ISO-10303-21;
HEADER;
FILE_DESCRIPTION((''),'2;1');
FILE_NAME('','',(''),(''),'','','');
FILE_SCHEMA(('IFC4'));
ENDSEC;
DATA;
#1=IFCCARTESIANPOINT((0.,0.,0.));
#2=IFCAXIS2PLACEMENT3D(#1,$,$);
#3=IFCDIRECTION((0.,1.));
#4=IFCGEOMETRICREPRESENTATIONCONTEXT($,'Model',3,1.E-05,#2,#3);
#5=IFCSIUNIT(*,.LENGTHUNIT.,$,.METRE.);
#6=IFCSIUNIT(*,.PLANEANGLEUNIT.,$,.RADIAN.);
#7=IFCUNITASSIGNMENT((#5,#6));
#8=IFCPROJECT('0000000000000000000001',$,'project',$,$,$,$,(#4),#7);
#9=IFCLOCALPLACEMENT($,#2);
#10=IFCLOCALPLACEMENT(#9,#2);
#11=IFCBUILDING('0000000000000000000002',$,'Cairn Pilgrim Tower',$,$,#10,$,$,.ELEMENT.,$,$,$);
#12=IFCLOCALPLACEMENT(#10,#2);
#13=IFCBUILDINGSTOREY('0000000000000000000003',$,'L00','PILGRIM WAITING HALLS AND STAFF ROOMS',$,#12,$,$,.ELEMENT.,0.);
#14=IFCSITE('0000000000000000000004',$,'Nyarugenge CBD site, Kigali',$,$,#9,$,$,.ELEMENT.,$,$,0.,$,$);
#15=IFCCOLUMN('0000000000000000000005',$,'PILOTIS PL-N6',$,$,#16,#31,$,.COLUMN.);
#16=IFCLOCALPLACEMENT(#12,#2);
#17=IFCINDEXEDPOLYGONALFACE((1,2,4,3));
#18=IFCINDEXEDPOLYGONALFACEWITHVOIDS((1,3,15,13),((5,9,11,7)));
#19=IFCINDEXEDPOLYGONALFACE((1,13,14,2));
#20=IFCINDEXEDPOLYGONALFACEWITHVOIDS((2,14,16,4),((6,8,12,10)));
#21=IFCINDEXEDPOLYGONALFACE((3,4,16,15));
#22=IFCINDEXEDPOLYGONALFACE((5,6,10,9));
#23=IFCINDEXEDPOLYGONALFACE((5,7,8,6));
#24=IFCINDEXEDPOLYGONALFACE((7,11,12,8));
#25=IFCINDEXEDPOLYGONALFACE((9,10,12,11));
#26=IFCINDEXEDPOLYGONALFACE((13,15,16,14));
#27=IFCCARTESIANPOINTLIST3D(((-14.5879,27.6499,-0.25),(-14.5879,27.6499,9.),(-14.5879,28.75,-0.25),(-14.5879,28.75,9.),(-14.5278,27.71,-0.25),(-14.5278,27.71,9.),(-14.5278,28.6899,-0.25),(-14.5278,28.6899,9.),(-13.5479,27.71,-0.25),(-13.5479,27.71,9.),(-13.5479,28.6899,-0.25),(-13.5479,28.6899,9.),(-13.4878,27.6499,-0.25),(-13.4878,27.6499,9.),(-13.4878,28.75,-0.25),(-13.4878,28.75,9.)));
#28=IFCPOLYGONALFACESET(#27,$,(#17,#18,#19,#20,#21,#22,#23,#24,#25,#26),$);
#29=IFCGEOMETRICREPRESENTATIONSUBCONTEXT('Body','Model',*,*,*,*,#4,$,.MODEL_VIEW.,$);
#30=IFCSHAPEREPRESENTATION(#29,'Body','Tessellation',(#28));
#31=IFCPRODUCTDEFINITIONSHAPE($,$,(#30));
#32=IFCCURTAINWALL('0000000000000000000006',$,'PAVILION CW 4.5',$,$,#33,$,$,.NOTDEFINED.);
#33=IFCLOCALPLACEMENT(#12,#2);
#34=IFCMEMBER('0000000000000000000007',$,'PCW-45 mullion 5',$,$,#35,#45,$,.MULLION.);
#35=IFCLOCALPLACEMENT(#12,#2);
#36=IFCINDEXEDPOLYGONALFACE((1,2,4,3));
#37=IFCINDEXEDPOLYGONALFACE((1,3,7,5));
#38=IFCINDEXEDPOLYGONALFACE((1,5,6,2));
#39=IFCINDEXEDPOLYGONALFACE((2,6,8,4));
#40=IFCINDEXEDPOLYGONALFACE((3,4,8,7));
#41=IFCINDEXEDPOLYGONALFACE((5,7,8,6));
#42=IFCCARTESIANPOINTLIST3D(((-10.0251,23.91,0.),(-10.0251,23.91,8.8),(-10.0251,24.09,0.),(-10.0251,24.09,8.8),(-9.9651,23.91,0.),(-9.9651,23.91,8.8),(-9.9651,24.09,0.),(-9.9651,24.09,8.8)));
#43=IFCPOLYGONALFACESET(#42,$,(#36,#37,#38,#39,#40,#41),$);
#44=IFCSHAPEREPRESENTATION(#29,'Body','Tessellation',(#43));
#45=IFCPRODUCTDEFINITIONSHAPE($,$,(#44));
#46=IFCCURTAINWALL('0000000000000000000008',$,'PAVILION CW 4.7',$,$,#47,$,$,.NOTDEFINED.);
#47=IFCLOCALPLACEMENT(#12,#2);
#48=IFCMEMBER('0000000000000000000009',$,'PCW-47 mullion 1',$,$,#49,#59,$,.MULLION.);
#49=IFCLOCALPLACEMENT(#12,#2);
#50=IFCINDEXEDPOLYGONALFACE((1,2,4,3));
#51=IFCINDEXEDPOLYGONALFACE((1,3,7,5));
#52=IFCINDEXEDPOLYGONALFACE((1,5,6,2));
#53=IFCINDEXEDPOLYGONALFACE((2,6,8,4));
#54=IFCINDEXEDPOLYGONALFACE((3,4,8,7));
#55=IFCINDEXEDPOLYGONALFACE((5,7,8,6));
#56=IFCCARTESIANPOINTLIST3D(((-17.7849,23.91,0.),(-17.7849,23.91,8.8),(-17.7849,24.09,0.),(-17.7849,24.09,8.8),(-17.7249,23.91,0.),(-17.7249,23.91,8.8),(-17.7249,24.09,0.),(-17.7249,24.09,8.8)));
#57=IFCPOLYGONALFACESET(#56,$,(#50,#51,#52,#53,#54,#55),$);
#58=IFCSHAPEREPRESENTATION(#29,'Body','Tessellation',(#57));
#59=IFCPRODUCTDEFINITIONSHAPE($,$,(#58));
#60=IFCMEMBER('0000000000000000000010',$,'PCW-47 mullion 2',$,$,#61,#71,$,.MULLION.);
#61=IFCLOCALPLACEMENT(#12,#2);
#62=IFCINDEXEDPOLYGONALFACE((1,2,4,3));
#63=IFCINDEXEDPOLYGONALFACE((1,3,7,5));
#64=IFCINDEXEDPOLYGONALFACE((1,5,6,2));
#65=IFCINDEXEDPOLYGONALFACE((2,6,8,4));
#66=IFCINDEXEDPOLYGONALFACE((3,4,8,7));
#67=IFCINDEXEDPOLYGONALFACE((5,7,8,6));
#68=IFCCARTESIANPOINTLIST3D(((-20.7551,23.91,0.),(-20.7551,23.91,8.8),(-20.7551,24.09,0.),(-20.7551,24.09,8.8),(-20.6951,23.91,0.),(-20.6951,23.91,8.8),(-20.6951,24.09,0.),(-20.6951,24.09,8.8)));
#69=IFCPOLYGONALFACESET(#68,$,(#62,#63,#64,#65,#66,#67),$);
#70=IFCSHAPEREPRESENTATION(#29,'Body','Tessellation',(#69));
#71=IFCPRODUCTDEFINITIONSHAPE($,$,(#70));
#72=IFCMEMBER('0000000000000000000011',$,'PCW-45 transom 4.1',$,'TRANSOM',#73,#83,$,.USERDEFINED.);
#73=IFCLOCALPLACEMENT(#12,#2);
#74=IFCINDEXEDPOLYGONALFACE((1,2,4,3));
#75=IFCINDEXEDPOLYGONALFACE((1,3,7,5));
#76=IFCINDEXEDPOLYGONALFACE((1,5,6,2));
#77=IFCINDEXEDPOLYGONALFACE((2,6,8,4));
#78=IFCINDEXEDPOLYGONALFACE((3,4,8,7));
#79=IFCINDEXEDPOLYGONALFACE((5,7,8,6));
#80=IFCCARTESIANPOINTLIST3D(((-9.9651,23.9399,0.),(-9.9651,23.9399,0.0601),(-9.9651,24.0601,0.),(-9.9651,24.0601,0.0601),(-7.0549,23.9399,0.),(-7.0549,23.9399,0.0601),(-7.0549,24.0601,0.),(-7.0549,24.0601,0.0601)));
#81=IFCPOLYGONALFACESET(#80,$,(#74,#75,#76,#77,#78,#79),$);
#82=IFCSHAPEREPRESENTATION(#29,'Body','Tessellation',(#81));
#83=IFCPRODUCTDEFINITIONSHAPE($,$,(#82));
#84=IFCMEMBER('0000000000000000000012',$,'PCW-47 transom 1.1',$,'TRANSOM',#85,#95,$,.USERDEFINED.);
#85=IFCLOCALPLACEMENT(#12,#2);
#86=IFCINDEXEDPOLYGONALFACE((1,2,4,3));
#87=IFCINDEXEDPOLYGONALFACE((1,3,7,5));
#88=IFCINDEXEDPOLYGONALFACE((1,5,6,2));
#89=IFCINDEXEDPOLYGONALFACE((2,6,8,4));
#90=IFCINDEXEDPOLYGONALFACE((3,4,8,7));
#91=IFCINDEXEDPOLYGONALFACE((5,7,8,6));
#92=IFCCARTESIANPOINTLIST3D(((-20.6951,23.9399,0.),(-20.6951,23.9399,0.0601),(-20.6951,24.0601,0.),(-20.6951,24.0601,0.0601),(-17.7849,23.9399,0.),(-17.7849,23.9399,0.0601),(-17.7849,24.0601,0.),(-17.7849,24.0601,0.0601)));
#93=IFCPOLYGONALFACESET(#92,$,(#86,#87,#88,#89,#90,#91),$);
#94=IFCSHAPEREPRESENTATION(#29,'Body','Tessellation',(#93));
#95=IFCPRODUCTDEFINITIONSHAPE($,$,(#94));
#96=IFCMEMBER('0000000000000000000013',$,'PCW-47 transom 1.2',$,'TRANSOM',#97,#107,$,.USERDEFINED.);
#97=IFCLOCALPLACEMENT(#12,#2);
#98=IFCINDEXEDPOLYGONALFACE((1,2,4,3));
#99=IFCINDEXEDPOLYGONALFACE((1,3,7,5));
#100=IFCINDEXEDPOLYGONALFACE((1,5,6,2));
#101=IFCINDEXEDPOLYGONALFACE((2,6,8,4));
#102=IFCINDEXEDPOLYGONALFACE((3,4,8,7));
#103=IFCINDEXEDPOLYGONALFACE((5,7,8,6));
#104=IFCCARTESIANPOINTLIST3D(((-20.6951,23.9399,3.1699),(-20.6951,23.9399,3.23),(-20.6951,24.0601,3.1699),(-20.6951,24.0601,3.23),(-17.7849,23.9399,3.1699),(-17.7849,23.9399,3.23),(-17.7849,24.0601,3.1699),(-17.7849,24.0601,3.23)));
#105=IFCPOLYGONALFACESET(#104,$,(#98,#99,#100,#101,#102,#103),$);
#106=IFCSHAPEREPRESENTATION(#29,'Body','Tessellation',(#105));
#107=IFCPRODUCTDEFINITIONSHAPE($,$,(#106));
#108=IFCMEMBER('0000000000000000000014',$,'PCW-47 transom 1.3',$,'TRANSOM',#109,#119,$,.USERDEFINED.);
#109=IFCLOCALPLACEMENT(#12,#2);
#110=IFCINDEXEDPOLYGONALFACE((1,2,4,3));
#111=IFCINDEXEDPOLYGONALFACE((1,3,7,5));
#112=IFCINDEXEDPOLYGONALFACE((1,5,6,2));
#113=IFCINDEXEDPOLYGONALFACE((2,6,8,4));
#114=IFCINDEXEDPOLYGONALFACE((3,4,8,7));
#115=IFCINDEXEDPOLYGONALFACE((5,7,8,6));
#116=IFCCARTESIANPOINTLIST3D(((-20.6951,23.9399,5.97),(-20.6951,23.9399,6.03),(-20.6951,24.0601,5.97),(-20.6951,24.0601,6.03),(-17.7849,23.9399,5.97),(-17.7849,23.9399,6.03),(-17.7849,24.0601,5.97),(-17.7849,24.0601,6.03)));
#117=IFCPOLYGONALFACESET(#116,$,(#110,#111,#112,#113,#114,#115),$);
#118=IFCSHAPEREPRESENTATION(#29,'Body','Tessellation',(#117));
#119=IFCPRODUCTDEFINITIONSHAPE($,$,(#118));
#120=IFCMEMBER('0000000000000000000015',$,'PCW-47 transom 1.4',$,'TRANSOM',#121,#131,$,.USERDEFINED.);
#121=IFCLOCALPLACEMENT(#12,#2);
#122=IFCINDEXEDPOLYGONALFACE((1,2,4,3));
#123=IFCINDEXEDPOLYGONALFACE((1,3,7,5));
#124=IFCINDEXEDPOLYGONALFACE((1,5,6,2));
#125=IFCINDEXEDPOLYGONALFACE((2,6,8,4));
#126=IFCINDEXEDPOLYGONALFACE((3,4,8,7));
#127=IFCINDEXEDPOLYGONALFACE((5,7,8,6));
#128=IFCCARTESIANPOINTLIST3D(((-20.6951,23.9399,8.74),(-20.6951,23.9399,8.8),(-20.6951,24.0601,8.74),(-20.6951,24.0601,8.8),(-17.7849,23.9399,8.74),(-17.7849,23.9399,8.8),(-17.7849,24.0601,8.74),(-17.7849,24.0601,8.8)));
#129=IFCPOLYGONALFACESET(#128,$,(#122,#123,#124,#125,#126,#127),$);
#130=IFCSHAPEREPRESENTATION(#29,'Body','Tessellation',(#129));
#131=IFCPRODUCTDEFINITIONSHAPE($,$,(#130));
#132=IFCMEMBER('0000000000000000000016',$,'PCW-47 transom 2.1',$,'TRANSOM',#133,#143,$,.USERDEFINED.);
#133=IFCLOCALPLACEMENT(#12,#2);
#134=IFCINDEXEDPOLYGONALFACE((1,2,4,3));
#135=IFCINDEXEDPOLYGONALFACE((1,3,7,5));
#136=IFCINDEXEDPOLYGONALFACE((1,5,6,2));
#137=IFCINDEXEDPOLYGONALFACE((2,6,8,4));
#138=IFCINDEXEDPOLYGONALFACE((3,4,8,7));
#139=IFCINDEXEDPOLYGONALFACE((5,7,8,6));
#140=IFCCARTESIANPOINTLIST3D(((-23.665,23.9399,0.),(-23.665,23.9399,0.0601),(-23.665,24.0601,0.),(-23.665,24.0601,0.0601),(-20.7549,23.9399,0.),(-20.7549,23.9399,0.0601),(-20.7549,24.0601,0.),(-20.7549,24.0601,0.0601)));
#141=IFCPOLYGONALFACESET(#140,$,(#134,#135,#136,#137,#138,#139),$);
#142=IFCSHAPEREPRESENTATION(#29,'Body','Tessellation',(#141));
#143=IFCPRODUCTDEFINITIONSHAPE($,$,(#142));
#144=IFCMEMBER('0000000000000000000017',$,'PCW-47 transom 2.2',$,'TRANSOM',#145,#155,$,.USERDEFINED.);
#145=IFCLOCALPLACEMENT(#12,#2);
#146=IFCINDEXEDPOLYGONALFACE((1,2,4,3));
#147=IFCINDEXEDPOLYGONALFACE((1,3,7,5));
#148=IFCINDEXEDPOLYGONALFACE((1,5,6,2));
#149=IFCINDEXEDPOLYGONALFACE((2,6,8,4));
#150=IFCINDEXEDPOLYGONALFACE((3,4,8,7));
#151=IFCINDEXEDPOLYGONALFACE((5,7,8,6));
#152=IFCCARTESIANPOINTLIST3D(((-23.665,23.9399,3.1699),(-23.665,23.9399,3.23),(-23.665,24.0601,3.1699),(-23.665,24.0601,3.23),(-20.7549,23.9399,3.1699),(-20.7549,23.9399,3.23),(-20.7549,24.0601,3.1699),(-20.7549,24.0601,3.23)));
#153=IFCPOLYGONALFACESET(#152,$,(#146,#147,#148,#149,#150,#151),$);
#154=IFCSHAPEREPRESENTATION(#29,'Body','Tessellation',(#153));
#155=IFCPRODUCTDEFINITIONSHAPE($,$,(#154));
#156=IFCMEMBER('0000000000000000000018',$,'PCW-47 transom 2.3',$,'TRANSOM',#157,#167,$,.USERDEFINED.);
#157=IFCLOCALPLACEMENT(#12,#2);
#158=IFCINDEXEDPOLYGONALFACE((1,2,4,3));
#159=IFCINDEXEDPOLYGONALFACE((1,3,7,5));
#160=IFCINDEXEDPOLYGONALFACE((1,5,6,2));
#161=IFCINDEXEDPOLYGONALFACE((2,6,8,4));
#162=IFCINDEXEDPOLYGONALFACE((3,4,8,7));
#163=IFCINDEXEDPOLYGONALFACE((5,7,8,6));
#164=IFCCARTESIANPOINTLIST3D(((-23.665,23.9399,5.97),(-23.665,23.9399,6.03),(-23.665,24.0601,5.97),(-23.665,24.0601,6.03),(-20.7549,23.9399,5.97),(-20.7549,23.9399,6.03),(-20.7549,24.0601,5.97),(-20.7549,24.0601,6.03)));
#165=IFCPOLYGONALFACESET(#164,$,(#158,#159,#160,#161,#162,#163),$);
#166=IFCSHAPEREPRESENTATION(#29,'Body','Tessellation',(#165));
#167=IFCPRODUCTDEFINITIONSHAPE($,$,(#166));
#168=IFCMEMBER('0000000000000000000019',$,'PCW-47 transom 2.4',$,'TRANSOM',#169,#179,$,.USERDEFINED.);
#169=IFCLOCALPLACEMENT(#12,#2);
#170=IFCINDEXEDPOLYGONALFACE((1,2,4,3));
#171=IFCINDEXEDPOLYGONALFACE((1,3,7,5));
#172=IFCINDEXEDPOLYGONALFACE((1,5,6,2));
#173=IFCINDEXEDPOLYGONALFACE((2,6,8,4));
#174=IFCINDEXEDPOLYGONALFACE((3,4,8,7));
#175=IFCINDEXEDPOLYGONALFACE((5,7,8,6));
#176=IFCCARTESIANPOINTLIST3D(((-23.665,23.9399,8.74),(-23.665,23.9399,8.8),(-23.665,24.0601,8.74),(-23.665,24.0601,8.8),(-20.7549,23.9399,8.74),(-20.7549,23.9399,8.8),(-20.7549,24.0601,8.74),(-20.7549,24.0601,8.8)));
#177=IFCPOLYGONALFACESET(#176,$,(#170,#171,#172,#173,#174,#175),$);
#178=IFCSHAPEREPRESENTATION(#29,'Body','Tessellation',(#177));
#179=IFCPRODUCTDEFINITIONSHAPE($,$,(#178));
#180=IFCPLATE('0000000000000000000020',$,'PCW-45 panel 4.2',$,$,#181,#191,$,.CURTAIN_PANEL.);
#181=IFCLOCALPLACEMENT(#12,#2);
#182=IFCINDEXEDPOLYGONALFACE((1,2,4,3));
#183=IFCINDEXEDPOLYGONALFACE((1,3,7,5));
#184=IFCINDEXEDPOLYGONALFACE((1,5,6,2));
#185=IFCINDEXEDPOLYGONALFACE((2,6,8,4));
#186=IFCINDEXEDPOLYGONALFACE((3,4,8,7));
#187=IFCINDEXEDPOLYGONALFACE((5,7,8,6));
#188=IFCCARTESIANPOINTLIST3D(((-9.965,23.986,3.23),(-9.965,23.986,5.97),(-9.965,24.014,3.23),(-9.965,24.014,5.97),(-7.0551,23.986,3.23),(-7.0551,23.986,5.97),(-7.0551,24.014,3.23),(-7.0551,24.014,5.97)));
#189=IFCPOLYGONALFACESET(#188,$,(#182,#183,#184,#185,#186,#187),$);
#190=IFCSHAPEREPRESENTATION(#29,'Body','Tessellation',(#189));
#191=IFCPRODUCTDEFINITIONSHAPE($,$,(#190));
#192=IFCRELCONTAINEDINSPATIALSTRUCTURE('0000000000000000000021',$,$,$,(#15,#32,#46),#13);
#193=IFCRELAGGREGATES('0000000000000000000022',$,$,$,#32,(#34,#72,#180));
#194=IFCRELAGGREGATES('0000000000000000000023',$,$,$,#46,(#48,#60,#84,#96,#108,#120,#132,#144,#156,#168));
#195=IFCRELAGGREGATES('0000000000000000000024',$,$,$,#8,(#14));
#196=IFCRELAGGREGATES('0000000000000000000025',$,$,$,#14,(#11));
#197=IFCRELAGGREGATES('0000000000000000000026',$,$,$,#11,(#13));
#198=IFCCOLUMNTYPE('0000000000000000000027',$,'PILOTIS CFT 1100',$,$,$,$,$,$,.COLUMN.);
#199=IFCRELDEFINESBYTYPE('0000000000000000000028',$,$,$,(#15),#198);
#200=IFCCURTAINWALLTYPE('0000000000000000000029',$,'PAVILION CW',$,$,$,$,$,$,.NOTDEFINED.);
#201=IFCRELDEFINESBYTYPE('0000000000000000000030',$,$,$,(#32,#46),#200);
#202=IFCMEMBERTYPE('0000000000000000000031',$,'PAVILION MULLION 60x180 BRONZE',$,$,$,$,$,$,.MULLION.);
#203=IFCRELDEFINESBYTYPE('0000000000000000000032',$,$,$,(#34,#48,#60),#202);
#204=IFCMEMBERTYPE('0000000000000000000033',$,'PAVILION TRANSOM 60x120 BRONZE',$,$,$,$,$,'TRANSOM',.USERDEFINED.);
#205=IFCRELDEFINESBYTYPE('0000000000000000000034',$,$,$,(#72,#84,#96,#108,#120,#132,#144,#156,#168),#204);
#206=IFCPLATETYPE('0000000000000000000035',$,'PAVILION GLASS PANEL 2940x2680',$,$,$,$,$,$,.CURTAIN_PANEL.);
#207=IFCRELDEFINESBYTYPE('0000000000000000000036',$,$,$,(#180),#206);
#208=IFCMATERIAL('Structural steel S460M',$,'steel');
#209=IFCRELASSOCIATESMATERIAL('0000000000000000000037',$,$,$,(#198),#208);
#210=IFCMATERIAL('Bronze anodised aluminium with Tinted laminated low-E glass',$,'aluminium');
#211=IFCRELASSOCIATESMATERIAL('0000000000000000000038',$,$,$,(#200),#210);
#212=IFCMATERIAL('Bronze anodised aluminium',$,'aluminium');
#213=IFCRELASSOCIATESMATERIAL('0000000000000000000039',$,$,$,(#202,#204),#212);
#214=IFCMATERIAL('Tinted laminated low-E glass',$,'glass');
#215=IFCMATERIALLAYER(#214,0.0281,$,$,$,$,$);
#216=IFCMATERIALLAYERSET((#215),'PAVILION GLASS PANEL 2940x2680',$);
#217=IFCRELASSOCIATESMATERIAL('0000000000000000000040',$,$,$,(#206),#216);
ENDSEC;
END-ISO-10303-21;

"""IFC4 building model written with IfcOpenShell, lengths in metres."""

from ifc_helpers import new_model, si_unit, direction, frame, origin, origin_2d, place, context, subcontext, project, spatial, rectangle, hollow_rectangle, extrude, material, layer, layer_set, material_profile, profile_set, type_object, element, aggregate, save


model = new_model("IFC4")

# Units and contexts
model_context = context("Model", 3, precision=1e-05, world=origin(), true_north=direction((0.0, 1.0)))
body_context = subcontext(model_context, "Body", "Model", "MODEL_VIEW")
ifc_project = project(units=[si_unit("LENGTHUNIT", "METRE"), si_unit("PLANEANGLEUNIT", "RADIAN")], contexts=[model_context])

# Site, building, storey
site_placement = place(None, origin())
site = spatial("IfcSite", under=ifc_project, at=site_placement, Name="Nyarugenge CBD site, Kigali", CompositionType="ELEMENT", RefElevation=0.0)
building_placement = place(site_placement, origin())
building = spatial("IfcBuilding", under=site, at=building_placement, Name="Cairn Pilgrim Tower", CompositionType="ELEMENT")
storey_placement = place(building_placement, origin())
storey = spatial("IfcBuildingStorey", under=building, at=storey_placement, Name="L00", Description="PILGRIM WAITING HALLS AND STAFF ROOMS", CompositionType="ELEMENT", Elevation=0.0)

# Column
ifc_material_1 = material(Name="Structural steel S460M", Category="steel")
ifc_material_profile_1 = material_profile(ifc_material_1, hollow_rectangle(XDim=1.1001, YDim=1.1001, WallThickness=0.0601, at=origin_2d()), Name="BOX 1100x1100x60")
ifc_profile_set_1 = profile_set([ifc_material_profile_1], Name="Structural steel S460M")
column_type_1 = type_object("IfcColumnType", Name="PILOTIS CFT 1100", PredefinedType="COLUMN", material=ifc_profile_set_1)
column_placement = place(storey_placement, frame((-14.0378, 28.2, -0.25), z_axis=(0.0, 0.0, 1.0), x_axis=(1.0, 0.0, 0.0)))
element("IfcColumn", 1, at=column_placement, inside=storey, type_object=column_type_1, Name="PILOTIS PL-N6", PredefinedType="COLUMN", context=body_context, shape_type="SweptSolid", body=[
    extrude(hollow_rectangle(XDim=1.1001, YDim=1.1001, WallThickness=0.0601, at=origin_2d()), origin(), (0.0, 0.0, 1.0), 9.25),
])

# Curtain wall, member
ifc_material_2 = material(Name="Bronze anodised aluminium with Tinted laminated low-E glass", Category="aluminium")
curtain_wall_type = type_object("IfcCurtainWallType", Name="PAVILION CW", PredefinedType="NOTDEFINED", material=ifc_material_2)
curtain_wall_1_placement = place(storey_placement, origin())
curtain_wall_1 = element("IfcCurtainWall", 2, at=curtain_wall_1_placement, inside=storey, type_object=curtain_wall_type, Name="PAVILION CW 4.5", PredefinedType="NOTDEFINED")
ifc_material_3 = material(Name="Bronze anodised aluminium", Category="aluminium")
ifc_material_profile_2 = material_profile(ifc_material_3, rectangle(XDim=0.1799, YDim=0.0601, at=origin_2d()), Name="PAVILION MULLION 60x180 BRONZE")
ifc_profile_set_2 = profile_set([ifc_material_profile_2], Name="Bronze anodised aluminium")
member_type_1 = type_object("IfcMemberType", Name="PAVILION MULLION 60x180 BRONZE", PredefinedType="MULLION", material=ifc_profile_set_2)
member_1_placement = place(storey_placement, frame((-9.9951, 24.0, 0.0), z_axis=(0.0, 0.0, 1.0), x_axis=(0.0, -1.0, 0.0)))
member_1 = element("IfcMember", 3, at=member_1_placement, type_object=member_type_1, Name="PCW-45 mullion 5", PredefinedType="MULLION", context=body_context, shape_type="SweptSolid", body=[
    extrude(rectangle(XDim=0.1799, YDim=0.0601, at=origin_2d()), origin(), (0.0, 0.0, 1.0), 8.8),
])

# Curtain wall, members
curtain_wall_2_placement = place(storey_placement, origin())
curtain_wall_2 = element("IfcCurtainWall", 4, at=curtain_wall_2_placement, inside=storey, type_object=curtain_wall_type, Name="PAVILION CW 4.7", PredefinedType="NOTDEFINED")
member_2_placement = place(storey_placement, frame((-17.7549, 24.0, 0.0), z_axis=(0.0, 0.0, 1.0), x_axis=(0.0, -1.0, 0.0)))
member_2 = element("IfcMember", 5, at=member_2_placement, type_object=member_type_1, Name="PCW-47 mullion 1", PredefinedType="MULLION", context=body_context, shape_type="SweptSolid", body=[
    extrude(rectangle(XDim=0.1799, YDim=0.0601, at=origin_2d()), origin(), (0.0, 0.0, 1.0), 8.8),
])
member_3_placement = place(storey_placement, frame((-20.7251, 24.0, 0.0), z_axis=(0.0, 0.0, 1.0), x_axis=(0.0, -1.0, 0.0)))
member_3 = element("IfcMember", 6, at=member_3_placement, type_object=member_type_1, Name="PCW-47 mullion 2", PredefinedType="MULLION", context=body_context, shape_type="SweptSolid", body=[
    extrude(rectangle(XDim=0.1799, YDim=0.0601, at=origin_2d()), origin(), (0.0, 0.0, 1.0), 8.8),
])

# Members
ifc_material_profile_3 = material_profile(ifc_material_3, rectangle(XDim=0.1201, YDim=0.0601, at=origin_2d()), Name="PAVILION TRANSOM 60x120 BRONZE")
ifc_profile_set_3 = profile_set([ifc_material_profile_3], Name="Bronze anodised aluminium")
member_type_2 = type_object("IfcMemberType", Name="PAVILION TRANSOM 60x120 BRONZE", ElementType="TRANSOM", PredefinedType="USERDEFINED", material=ifc_profile_set_3)
member_4_placement = place(storey_placement, frame((-7.0549, 24.0, 0.03), z_axis=(-1.0, 0.0, 0.0), x_axis=(0.0, -1.0, 0.0)))
member_4 = element("IfcMember", 7, at=member_4_placement, type_object=member_type_2, Name="PCW-45 transom 4.1", ObjectType="TRANSOM", PredefinedType="USERDEFINED", context=body_context, shape_type="SweptSolid", body=[
    extrude(rectangle(XDim=0.1201, YDim=0.0601, at=origin_2d()), origin(), (0.0, 0.0, 1.0), 2.9102),
])
member_5_placement = place(storey_placement, frame((-17.7849, 24.0, 0.03), z_axis=(-1.0, 0.0, 0.0), x_axis=(0.0, -1.0, 0.0)))
member_5 = element("IfcMember", 8, at=member_5_placement, type_object=member_type_2, Name="PCW-47 transom 1.1", ObjectType="TRANSOM", PredefinedType="USERDEFINED", context=body_context, shape_type="SweptSolid", body=[
    extrude(rectangle(XDim=0.1201, YDim=0.0601, at=origin_2d()), origin(), (0.0, 0.0, 1.0), 2.9102),
])
member_6_placement = place(storey_placement, frame((-17.7849, 24.0, 3.2), z_axis=(-1.0, 0.0, 0.0), x_axis=(0.0, -1.0, 0.0)))
member_6 = element("IfcMember", 9, at=member_6_placement, type_object=member_type_2, Name="PCW-47 transom 1.2", ObjectType="TRANSOM", PredefinedType="USERDEFINED", context=body_context, shape_type="SweptSolid", body=[
    extrude(rectangle(XDim=0.1201, YDim=0.0601, at=origin_2d()), origin(), (0.0, 0.0, 1.0), 2.9102),
])
member_7_placement = place(storey_placement, frame((-17.7849, 24.0, 6.0), z_axis=(-1.0, 0.0, 0.0), x_axis=(0.0, -1.0, 0.0)))
member_7 = element("IfcMember", 10, at=member_7_placement, type_object=member_type_2, Name="PCW-47 transom 1.3", ObjectType="TRANSOM", PredefinedType="USERDEFINED", context=body_context, shape_type="SweptSolid", body=[
    extrude(rectangle(XDim=0.1201, YDim=0.0601, at=origin_2d()), origin(), (0.0, 0.0, 1.0), 2.9102),
])
member_8_placement = place(storey_placement, frame((-17.7849, 24.0, 8.77), z_axis=(-1.0, 0.0, 0.0), x_axis=(0.0, -1.0, 0.0)))
member_8 = element("IfcMember", 11, at=member_8_placement, type_object=member_type_2, Name="PCW-47 transom 1.4", ObjectType="TRANSOM", PredefinedType="USERDEFINED", context=body_context, shape_type="SweptSolid", body=[
    extrude(rectangle(XDim=0.1201, YDim=0.0601, at=origin_2d()), origin(), (0.0, 0.0, 1.0), 2.9102),
])
member_9_placement = place(storey_placement, frame((-20.7549, 24.0, 0.03), z_axis=(-1.0, 0.0, 0.0), x_axis=(0.0, -1.0, 0.0)))
member_9 = element("IfcMember", 12, at=member_9_placement, type_object=member_type_2, Name="PCW-47 transom 2.1", ObjectType="TRANSOM", PredefinedType="USERDEFINED", context=body_context, shape_type="SweptSolid", body=[
    extrude(rectangle(XDim=0.1201, YDim=0.0601, at=origin_2d()), origin(), (0.0, 0.0, 1.0), 2.9102),
])
member_10_placement = place(storey_placement, frame((-20.7549, 24.0, 3.2), z_axis=(-1.0, 0.0, 0.0), x_axis=(0.0, -1.0, 0.0)))
member_10 = element("IfcMember", 13, at=member_10_placement, type_object=member_type_2, Name="PCW-47 transom 2.2", ObjectType="TRANSOM", PredefinedType="USERDEFINED", context=body_context, shape_type="SweptSolid", body=[
    extrude(rectangle(XDim=0.1201, YDim=0.0601, at=origin_2d()), origin(), (0.0, 0.0, 1.0), 2.9102),
])
member_11_placement = place(storey_placement, frame((-20.7549, 24.0, 6.0), z_axis=(-1.0, 0.0, 0.0), x_axis=(0.0, -1.0, 0.0)))
member_11 = element("IfcMember", 14, at=member_11_placement, type_object=member_type_2, Name="PCW-47 transom 2.3", ObjectType="TRANSOM", PredefinedType="USERDEFINED", context=body_context, shape_type="SweptSolid", body=[
    extrude(rectangle(XDim=0.1201, YDim=0.0601, at=origin_2d()), origin(), (0.0, 0.0, 1.0), 2.9102),
])
member_12_placement = place(storey_placement, frame((-20.7549, 24.0, 8.77), z_axis=(-1.0, 0.0, 0.0), x_axis=(0.0, -1.0, 0.0)))
member_12 = element("IfcMember", 15, at=member_12_placement, type_object=member_type_2, Name="PCW-47 transom 2.4", ObjectType="TRANSOM", PredefinedType="USERDEFINED", context=body_context, shape_type="SweptSolid", body=[
    extrude(rectangle(XDim=0.1201, YDim=0.0601, at=origin_2d()), origin(), (0.0, 0.0, 1.0), 2.9102),
])

# Plate
ifc_material_4 = material(Name="Tinted laminated low-E glass", Category="glass")
ifc_layer_1 = layer(ifc_material_4, 0.0281)
ifc_layer_set_1 = layer_set([ifc_layer_1], Name="PAVILION GLASS PANEL 2940x2680")
plate_type_1 = type_object("IfcPlateType", Name="PAVILION GLASS PANEL 2940x2680", PredefinedType="CURTAIN_PANEL", material=ifc_layer_set_1)
plate_1_placement = place(storey_placement, frame((-8.51, 24.0, 3.23), z_axis=(0.0, 0.0, 1.0), x_axis=(-1.0, 0.0, 0.0)))
plate_1 = element("IfcPlate", 16, at=plate_1_placement, type_object=plate_type_1, Name="PCW-45 panel 4.2", PredefinedType="CURTAIN_PANEL", context=body_context, shape_type="SweptSolid", body=[
    extrude(rectangle(XDim=2.9099, YDim=0.0281, at=origin_2d()), origin(), (0.0, 0.0, 1.0), 2.74),
])
aggregate(curtain_wall_1, [member_1, member_4, plate_1])
aggregate(curtain_wall_2, [member_2, member_3, member_5, member_6, member_7, member_8, member_9, member_10, member_11, member_12])

save(model, "model.ifc")
